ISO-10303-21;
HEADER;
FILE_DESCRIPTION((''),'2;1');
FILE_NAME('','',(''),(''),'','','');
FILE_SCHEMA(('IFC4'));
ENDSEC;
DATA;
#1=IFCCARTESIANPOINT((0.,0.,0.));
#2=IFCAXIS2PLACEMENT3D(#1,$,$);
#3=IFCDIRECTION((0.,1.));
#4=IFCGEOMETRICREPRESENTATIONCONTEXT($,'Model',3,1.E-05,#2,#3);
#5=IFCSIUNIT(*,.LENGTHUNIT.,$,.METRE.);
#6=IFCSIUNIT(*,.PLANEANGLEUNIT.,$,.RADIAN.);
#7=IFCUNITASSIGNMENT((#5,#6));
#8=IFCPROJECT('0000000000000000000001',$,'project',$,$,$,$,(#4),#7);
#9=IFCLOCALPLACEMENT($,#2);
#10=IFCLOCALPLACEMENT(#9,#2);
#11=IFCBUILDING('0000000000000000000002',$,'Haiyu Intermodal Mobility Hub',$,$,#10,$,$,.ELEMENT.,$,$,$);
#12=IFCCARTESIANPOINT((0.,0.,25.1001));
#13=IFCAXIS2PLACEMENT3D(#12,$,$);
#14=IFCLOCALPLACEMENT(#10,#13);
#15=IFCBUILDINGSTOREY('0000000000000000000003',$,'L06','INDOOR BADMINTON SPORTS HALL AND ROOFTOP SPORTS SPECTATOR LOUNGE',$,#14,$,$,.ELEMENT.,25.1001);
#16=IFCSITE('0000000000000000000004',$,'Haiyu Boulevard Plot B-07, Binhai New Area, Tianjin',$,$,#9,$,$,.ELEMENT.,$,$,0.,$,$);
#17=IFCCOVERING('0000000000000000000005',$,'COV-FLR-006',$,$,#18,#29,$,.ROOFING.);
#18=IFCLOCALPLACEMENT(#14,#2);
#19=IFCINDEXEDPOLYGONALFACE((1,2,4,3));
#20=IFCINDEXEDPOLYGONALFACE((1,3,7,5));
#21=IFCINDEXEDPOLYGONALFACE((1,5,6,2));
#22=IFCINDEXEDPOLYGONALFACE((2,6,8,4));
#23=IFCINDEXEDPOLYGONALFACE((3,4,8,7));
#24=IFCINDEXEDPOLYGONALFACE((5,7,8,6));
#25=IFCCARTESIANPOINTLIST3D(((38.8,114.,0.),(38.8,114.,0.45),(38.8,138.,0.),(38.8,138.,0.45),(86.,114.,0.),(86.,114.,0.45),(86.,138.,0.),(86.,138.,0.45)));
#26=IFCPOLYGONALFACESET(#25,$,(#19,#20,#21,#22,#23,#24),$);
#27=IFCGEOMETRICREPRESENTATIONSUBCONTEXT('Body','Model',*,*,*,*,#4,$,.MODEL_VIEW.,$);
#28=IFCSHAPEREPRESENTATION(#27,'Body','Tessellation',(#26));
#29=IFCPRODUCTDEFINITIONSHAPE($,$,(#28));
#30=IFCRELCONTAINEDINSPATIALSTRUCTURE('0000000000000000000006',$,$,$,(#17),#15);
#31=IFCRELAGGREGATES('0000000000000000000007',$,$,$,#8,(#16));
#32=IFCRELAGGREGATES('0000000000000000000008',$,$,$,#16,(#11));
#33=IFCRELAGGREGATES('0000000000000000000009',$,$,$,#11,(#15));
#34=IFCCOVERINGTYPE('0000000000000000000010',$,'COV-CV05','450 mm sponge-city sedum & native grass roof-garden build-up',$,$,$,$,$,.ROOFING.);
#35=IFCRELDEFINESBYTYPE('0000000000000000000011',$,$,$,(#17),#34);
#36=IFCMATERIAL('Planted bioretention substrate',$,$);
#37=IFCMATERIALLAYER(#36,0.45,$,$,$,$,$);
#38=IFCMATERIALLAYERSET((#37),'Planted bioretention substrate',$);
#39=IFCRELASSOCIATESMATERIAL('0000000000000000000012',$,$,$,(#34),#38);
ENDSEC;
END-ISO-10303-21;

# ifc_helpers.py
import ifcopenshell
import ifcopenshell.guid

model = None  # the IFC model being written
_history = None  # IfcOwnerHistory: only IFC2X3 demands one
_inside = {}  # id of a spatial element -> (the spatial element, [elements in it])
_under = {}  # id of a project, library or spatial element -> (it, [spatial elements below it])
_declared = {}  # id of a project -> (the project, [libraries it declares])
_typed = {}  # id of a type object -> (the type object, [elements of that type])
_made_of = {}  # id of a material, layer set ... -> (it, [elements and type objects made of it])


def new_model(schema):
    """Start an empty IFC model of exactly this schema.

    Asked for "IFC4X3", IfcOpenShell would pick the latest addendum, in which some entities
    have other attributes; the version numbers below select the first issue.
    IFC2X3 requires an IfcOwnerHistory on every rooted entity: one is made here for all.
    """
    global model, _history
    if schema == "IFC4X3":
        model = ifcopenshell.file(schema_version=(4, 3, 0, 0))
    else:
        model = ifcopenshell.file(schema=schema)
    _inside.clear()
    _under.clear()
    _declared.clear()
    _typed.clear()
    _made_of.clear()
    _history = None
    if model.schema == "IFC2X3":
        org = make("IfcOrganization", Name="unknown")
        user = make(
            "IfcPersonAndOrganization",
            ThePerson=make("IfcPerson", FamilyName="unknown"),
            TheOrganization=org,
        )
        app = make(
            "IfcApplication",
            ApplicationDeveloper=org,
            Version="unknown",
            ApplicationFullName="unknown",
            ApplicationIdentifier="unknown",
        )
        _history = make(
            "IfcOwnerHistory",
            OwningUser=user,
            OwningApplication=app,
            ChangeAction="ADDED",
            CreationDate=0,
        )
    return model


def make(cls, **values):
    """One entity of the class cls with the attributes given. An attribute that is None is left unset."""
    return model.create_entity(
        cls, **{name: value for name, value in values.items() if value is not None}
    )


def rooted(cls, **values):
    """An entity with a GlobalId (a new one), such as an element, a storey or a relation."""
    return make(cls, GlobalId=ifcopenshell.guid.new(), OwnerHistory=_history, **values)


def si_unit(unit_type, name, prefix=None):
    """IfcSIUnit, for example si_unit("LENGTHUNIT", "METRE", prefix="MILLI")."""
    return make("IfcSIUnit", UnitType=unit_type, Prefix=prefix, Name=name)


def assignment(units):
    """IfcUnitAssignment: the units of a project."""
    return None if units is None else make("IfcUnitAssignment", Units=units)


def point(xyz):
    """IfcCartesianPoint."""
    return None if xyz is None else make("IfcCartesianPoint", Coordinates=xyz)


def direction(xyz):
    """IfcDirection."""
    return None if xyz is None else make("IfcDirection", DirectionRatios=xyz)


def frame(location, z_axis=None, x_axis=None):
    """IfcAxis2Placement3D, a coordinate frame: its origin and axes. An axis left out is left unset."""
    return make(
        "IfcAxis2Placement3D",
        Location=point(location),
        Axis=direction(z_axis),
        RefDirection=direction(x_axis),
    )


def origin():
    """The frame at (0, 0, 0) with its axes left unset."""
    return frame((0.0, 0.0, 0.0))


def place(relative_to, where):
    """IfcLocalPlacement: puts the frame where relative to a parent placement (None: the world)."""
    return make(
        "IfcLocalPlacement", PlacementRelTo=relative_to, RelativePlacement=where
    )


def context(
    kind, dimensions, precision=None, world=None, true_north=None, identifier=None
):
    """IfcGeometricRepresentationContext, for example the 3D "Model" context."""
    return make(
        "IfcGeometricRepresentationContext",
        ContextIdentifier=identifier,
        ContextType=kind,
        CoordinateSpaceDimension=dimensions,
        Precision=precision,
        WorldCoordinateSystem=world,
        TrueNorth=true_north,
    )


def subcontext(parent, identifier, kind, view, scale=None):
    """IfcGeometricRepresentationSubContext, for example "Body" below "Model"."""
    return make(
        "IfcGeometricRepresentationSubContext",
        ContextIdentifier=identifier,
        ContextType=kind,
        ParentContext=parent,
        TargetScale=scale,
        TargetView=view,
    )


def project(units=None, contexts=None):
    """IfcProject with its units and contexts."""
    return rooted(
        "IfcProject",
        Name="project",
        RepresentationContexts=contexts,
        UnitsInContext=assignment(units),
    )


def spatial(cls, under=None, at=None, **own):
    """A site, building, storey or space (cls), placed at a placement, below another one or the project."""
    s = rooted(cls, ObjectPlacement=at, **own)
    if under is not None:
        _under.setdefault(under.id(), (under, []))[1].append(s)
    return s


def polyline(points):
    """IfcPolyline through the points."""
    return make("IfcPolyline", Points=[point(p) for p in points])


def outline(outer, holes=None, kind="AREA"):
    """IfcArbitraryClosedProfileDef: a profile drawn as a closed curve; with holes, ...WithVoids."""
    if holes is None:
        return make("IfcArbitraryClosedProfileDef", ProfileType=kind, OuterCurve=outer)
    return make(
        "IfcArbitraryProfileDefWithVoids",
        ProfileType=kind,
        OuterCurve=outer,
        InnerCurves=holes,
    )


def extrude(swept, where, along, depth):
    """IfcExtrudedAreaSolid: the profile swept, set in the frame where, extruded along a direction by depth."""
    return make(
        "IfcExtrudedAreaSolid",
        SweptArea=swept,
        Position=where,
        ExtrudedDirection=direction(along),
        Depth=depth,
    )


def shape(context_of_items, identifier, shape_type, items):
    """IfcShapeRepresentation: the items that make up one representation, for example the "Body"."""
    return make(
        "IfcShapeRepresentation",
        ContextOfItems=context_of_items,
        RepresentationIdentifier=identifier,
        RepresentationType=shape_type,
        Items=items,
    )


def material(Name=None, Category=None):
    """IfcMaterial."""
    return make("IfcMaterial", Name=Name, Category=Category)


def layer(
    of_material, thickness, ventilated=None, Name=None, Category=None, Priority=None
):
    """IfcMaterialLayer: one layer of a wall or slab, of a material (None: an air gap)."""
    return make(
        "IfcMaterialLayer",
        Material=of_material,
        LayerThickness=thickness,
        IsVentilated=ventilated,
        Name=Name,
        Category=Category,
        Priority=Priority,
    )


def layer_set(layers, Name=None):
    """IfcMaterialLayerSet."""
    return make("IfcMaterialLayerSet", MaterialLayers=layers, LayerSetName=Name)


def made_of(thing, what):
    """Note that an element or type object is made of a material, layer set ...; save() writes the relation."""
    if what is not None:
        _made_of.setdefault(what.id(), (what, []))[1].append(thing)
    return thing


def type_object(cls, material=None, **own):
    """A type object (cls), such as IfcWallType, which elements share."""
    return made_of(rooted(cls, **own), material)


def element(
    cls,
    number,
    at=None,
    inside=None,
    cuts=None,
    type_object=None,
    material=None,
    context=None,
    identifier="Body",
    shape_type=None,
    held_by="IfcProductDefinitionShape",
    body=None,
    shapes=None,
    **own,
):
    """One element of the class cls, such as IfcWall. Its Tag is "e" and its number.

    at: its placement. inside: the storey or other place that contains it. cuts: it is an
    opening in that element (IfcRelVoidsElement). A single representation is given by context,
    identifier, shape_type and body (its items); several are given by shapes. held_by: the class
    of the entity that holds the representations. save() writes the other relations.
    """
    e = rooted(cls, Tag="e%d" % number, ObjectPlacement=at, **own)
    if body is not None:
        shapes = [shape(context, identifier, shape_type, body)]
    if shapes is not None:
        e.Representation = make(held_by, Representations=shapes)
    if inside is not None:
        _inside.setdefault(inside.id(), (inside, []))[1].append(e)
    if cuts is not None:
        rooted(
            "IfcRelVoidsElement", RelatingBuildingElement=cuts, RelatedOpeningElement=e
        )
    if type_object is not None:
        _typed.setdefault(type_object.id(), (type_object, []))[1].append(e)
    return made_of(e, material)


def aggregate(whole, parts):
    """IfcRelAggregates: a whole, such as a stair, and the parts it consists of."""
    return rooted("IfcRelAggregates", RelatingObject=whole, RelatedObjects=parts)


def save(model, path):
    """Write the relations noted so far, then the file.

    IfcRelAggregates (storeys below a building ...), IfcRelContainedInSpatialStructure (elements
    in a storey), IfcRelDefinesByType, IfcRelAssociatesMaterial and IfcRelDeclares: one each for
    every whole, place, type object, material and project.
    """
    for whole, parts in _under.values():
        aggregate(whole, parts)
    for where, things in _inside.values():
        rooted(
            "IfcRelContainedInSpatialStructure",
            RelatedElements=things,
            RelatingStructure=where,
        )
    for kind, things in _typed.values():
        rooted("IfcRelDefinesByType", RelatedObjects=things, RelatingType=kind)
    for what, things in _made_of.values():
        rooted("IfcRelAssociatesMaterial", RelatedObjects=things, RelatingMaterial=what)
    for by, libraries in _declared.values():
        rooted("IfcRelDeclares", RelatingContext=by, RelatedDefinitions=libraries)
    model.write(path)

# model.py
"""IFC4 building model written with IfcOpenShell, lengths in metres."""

from ifc_helpers import new_model, si_unit, direction, frame, origin, place, context, subcontext, project, spatial, polyline, outline, extrude, material, layer, layer_set, type_object, element, save


model = new_model("IFC4")

# Units and contexts
model_context = context("Model", 3, precision=1e-05, world=origin(), true_north=direction((0.0, 1.0)))
body_context = subcontext(model_context, "Body", "Model", "MODEL_VIEW")
ifc_project = project(units=[si_unit("LENGTHUNIT", "METRE"), si_unit("PLANEANGLEUNIT", "RADIAN")], contexts=[model_context])

# Site, building, storey
site_placement = place(None, origin())
site = spatial("IfcSite", under=ifc_project, at=site_placement, Name="Haiyu Boulevard Plot B-07, Binhai New Area, Tianjin", CompositionType="ELEMENT", RefElevation=0.0)
building_placement = place(site_placement, origin())
building = spatial("IfcBuilding", under=site, at=building_placement, Name="Haiyu Intermodal Mobility Hub", CompositionType="ELEMENT")
storey_placement = place(building_placement, frame((0.0, 0.0, 25.1001)))
storey = spatial("IfcBuildingStorey", under=building, at=storey_placement, Name="L06", Description="INDOOR BADMINTON SPORTS HALL AND ROOFTOP SPORTS SPECTATOR LOUNGE", CompositionType="ELEMENT", Elevation=25.1001)

# Covering
ifc_material_1 = material(Name="Planted bioretention substrate")
ifc_layer_1 = layer(ifc_material_1, 0.45)
ifc_layer_set_1 = layer_set([ifc_layer_1], Name="Planted bioretention substrate")
covering_type_1 = type_object("IfcCoveringType", Name="COV-CV05", Description="450 mm sponge-city sedum & native grass roof-garden build-up", PredefinedType="ROOFING", material=ifc_layer_set_1)
covering_1_placement = place(storey_placement, origin())
element("IfcCovering", 1, at=covering_1_placement, inside=storey, type_object=covering_type_1, Name="COV-FLR-006", PredefinedType="ROOFING", context=body_context, shape_type="SweptSolid", body=[
    extrude(outline(polyline([(38.8, 114.0), (86.0, 114.0), (86.0, 138.0), (38.8, 138.0), (38.8, 114.0)])), origin(), (0.0, 0.0, 1.0), 0.45),
])

save(model, "model.ifc")
